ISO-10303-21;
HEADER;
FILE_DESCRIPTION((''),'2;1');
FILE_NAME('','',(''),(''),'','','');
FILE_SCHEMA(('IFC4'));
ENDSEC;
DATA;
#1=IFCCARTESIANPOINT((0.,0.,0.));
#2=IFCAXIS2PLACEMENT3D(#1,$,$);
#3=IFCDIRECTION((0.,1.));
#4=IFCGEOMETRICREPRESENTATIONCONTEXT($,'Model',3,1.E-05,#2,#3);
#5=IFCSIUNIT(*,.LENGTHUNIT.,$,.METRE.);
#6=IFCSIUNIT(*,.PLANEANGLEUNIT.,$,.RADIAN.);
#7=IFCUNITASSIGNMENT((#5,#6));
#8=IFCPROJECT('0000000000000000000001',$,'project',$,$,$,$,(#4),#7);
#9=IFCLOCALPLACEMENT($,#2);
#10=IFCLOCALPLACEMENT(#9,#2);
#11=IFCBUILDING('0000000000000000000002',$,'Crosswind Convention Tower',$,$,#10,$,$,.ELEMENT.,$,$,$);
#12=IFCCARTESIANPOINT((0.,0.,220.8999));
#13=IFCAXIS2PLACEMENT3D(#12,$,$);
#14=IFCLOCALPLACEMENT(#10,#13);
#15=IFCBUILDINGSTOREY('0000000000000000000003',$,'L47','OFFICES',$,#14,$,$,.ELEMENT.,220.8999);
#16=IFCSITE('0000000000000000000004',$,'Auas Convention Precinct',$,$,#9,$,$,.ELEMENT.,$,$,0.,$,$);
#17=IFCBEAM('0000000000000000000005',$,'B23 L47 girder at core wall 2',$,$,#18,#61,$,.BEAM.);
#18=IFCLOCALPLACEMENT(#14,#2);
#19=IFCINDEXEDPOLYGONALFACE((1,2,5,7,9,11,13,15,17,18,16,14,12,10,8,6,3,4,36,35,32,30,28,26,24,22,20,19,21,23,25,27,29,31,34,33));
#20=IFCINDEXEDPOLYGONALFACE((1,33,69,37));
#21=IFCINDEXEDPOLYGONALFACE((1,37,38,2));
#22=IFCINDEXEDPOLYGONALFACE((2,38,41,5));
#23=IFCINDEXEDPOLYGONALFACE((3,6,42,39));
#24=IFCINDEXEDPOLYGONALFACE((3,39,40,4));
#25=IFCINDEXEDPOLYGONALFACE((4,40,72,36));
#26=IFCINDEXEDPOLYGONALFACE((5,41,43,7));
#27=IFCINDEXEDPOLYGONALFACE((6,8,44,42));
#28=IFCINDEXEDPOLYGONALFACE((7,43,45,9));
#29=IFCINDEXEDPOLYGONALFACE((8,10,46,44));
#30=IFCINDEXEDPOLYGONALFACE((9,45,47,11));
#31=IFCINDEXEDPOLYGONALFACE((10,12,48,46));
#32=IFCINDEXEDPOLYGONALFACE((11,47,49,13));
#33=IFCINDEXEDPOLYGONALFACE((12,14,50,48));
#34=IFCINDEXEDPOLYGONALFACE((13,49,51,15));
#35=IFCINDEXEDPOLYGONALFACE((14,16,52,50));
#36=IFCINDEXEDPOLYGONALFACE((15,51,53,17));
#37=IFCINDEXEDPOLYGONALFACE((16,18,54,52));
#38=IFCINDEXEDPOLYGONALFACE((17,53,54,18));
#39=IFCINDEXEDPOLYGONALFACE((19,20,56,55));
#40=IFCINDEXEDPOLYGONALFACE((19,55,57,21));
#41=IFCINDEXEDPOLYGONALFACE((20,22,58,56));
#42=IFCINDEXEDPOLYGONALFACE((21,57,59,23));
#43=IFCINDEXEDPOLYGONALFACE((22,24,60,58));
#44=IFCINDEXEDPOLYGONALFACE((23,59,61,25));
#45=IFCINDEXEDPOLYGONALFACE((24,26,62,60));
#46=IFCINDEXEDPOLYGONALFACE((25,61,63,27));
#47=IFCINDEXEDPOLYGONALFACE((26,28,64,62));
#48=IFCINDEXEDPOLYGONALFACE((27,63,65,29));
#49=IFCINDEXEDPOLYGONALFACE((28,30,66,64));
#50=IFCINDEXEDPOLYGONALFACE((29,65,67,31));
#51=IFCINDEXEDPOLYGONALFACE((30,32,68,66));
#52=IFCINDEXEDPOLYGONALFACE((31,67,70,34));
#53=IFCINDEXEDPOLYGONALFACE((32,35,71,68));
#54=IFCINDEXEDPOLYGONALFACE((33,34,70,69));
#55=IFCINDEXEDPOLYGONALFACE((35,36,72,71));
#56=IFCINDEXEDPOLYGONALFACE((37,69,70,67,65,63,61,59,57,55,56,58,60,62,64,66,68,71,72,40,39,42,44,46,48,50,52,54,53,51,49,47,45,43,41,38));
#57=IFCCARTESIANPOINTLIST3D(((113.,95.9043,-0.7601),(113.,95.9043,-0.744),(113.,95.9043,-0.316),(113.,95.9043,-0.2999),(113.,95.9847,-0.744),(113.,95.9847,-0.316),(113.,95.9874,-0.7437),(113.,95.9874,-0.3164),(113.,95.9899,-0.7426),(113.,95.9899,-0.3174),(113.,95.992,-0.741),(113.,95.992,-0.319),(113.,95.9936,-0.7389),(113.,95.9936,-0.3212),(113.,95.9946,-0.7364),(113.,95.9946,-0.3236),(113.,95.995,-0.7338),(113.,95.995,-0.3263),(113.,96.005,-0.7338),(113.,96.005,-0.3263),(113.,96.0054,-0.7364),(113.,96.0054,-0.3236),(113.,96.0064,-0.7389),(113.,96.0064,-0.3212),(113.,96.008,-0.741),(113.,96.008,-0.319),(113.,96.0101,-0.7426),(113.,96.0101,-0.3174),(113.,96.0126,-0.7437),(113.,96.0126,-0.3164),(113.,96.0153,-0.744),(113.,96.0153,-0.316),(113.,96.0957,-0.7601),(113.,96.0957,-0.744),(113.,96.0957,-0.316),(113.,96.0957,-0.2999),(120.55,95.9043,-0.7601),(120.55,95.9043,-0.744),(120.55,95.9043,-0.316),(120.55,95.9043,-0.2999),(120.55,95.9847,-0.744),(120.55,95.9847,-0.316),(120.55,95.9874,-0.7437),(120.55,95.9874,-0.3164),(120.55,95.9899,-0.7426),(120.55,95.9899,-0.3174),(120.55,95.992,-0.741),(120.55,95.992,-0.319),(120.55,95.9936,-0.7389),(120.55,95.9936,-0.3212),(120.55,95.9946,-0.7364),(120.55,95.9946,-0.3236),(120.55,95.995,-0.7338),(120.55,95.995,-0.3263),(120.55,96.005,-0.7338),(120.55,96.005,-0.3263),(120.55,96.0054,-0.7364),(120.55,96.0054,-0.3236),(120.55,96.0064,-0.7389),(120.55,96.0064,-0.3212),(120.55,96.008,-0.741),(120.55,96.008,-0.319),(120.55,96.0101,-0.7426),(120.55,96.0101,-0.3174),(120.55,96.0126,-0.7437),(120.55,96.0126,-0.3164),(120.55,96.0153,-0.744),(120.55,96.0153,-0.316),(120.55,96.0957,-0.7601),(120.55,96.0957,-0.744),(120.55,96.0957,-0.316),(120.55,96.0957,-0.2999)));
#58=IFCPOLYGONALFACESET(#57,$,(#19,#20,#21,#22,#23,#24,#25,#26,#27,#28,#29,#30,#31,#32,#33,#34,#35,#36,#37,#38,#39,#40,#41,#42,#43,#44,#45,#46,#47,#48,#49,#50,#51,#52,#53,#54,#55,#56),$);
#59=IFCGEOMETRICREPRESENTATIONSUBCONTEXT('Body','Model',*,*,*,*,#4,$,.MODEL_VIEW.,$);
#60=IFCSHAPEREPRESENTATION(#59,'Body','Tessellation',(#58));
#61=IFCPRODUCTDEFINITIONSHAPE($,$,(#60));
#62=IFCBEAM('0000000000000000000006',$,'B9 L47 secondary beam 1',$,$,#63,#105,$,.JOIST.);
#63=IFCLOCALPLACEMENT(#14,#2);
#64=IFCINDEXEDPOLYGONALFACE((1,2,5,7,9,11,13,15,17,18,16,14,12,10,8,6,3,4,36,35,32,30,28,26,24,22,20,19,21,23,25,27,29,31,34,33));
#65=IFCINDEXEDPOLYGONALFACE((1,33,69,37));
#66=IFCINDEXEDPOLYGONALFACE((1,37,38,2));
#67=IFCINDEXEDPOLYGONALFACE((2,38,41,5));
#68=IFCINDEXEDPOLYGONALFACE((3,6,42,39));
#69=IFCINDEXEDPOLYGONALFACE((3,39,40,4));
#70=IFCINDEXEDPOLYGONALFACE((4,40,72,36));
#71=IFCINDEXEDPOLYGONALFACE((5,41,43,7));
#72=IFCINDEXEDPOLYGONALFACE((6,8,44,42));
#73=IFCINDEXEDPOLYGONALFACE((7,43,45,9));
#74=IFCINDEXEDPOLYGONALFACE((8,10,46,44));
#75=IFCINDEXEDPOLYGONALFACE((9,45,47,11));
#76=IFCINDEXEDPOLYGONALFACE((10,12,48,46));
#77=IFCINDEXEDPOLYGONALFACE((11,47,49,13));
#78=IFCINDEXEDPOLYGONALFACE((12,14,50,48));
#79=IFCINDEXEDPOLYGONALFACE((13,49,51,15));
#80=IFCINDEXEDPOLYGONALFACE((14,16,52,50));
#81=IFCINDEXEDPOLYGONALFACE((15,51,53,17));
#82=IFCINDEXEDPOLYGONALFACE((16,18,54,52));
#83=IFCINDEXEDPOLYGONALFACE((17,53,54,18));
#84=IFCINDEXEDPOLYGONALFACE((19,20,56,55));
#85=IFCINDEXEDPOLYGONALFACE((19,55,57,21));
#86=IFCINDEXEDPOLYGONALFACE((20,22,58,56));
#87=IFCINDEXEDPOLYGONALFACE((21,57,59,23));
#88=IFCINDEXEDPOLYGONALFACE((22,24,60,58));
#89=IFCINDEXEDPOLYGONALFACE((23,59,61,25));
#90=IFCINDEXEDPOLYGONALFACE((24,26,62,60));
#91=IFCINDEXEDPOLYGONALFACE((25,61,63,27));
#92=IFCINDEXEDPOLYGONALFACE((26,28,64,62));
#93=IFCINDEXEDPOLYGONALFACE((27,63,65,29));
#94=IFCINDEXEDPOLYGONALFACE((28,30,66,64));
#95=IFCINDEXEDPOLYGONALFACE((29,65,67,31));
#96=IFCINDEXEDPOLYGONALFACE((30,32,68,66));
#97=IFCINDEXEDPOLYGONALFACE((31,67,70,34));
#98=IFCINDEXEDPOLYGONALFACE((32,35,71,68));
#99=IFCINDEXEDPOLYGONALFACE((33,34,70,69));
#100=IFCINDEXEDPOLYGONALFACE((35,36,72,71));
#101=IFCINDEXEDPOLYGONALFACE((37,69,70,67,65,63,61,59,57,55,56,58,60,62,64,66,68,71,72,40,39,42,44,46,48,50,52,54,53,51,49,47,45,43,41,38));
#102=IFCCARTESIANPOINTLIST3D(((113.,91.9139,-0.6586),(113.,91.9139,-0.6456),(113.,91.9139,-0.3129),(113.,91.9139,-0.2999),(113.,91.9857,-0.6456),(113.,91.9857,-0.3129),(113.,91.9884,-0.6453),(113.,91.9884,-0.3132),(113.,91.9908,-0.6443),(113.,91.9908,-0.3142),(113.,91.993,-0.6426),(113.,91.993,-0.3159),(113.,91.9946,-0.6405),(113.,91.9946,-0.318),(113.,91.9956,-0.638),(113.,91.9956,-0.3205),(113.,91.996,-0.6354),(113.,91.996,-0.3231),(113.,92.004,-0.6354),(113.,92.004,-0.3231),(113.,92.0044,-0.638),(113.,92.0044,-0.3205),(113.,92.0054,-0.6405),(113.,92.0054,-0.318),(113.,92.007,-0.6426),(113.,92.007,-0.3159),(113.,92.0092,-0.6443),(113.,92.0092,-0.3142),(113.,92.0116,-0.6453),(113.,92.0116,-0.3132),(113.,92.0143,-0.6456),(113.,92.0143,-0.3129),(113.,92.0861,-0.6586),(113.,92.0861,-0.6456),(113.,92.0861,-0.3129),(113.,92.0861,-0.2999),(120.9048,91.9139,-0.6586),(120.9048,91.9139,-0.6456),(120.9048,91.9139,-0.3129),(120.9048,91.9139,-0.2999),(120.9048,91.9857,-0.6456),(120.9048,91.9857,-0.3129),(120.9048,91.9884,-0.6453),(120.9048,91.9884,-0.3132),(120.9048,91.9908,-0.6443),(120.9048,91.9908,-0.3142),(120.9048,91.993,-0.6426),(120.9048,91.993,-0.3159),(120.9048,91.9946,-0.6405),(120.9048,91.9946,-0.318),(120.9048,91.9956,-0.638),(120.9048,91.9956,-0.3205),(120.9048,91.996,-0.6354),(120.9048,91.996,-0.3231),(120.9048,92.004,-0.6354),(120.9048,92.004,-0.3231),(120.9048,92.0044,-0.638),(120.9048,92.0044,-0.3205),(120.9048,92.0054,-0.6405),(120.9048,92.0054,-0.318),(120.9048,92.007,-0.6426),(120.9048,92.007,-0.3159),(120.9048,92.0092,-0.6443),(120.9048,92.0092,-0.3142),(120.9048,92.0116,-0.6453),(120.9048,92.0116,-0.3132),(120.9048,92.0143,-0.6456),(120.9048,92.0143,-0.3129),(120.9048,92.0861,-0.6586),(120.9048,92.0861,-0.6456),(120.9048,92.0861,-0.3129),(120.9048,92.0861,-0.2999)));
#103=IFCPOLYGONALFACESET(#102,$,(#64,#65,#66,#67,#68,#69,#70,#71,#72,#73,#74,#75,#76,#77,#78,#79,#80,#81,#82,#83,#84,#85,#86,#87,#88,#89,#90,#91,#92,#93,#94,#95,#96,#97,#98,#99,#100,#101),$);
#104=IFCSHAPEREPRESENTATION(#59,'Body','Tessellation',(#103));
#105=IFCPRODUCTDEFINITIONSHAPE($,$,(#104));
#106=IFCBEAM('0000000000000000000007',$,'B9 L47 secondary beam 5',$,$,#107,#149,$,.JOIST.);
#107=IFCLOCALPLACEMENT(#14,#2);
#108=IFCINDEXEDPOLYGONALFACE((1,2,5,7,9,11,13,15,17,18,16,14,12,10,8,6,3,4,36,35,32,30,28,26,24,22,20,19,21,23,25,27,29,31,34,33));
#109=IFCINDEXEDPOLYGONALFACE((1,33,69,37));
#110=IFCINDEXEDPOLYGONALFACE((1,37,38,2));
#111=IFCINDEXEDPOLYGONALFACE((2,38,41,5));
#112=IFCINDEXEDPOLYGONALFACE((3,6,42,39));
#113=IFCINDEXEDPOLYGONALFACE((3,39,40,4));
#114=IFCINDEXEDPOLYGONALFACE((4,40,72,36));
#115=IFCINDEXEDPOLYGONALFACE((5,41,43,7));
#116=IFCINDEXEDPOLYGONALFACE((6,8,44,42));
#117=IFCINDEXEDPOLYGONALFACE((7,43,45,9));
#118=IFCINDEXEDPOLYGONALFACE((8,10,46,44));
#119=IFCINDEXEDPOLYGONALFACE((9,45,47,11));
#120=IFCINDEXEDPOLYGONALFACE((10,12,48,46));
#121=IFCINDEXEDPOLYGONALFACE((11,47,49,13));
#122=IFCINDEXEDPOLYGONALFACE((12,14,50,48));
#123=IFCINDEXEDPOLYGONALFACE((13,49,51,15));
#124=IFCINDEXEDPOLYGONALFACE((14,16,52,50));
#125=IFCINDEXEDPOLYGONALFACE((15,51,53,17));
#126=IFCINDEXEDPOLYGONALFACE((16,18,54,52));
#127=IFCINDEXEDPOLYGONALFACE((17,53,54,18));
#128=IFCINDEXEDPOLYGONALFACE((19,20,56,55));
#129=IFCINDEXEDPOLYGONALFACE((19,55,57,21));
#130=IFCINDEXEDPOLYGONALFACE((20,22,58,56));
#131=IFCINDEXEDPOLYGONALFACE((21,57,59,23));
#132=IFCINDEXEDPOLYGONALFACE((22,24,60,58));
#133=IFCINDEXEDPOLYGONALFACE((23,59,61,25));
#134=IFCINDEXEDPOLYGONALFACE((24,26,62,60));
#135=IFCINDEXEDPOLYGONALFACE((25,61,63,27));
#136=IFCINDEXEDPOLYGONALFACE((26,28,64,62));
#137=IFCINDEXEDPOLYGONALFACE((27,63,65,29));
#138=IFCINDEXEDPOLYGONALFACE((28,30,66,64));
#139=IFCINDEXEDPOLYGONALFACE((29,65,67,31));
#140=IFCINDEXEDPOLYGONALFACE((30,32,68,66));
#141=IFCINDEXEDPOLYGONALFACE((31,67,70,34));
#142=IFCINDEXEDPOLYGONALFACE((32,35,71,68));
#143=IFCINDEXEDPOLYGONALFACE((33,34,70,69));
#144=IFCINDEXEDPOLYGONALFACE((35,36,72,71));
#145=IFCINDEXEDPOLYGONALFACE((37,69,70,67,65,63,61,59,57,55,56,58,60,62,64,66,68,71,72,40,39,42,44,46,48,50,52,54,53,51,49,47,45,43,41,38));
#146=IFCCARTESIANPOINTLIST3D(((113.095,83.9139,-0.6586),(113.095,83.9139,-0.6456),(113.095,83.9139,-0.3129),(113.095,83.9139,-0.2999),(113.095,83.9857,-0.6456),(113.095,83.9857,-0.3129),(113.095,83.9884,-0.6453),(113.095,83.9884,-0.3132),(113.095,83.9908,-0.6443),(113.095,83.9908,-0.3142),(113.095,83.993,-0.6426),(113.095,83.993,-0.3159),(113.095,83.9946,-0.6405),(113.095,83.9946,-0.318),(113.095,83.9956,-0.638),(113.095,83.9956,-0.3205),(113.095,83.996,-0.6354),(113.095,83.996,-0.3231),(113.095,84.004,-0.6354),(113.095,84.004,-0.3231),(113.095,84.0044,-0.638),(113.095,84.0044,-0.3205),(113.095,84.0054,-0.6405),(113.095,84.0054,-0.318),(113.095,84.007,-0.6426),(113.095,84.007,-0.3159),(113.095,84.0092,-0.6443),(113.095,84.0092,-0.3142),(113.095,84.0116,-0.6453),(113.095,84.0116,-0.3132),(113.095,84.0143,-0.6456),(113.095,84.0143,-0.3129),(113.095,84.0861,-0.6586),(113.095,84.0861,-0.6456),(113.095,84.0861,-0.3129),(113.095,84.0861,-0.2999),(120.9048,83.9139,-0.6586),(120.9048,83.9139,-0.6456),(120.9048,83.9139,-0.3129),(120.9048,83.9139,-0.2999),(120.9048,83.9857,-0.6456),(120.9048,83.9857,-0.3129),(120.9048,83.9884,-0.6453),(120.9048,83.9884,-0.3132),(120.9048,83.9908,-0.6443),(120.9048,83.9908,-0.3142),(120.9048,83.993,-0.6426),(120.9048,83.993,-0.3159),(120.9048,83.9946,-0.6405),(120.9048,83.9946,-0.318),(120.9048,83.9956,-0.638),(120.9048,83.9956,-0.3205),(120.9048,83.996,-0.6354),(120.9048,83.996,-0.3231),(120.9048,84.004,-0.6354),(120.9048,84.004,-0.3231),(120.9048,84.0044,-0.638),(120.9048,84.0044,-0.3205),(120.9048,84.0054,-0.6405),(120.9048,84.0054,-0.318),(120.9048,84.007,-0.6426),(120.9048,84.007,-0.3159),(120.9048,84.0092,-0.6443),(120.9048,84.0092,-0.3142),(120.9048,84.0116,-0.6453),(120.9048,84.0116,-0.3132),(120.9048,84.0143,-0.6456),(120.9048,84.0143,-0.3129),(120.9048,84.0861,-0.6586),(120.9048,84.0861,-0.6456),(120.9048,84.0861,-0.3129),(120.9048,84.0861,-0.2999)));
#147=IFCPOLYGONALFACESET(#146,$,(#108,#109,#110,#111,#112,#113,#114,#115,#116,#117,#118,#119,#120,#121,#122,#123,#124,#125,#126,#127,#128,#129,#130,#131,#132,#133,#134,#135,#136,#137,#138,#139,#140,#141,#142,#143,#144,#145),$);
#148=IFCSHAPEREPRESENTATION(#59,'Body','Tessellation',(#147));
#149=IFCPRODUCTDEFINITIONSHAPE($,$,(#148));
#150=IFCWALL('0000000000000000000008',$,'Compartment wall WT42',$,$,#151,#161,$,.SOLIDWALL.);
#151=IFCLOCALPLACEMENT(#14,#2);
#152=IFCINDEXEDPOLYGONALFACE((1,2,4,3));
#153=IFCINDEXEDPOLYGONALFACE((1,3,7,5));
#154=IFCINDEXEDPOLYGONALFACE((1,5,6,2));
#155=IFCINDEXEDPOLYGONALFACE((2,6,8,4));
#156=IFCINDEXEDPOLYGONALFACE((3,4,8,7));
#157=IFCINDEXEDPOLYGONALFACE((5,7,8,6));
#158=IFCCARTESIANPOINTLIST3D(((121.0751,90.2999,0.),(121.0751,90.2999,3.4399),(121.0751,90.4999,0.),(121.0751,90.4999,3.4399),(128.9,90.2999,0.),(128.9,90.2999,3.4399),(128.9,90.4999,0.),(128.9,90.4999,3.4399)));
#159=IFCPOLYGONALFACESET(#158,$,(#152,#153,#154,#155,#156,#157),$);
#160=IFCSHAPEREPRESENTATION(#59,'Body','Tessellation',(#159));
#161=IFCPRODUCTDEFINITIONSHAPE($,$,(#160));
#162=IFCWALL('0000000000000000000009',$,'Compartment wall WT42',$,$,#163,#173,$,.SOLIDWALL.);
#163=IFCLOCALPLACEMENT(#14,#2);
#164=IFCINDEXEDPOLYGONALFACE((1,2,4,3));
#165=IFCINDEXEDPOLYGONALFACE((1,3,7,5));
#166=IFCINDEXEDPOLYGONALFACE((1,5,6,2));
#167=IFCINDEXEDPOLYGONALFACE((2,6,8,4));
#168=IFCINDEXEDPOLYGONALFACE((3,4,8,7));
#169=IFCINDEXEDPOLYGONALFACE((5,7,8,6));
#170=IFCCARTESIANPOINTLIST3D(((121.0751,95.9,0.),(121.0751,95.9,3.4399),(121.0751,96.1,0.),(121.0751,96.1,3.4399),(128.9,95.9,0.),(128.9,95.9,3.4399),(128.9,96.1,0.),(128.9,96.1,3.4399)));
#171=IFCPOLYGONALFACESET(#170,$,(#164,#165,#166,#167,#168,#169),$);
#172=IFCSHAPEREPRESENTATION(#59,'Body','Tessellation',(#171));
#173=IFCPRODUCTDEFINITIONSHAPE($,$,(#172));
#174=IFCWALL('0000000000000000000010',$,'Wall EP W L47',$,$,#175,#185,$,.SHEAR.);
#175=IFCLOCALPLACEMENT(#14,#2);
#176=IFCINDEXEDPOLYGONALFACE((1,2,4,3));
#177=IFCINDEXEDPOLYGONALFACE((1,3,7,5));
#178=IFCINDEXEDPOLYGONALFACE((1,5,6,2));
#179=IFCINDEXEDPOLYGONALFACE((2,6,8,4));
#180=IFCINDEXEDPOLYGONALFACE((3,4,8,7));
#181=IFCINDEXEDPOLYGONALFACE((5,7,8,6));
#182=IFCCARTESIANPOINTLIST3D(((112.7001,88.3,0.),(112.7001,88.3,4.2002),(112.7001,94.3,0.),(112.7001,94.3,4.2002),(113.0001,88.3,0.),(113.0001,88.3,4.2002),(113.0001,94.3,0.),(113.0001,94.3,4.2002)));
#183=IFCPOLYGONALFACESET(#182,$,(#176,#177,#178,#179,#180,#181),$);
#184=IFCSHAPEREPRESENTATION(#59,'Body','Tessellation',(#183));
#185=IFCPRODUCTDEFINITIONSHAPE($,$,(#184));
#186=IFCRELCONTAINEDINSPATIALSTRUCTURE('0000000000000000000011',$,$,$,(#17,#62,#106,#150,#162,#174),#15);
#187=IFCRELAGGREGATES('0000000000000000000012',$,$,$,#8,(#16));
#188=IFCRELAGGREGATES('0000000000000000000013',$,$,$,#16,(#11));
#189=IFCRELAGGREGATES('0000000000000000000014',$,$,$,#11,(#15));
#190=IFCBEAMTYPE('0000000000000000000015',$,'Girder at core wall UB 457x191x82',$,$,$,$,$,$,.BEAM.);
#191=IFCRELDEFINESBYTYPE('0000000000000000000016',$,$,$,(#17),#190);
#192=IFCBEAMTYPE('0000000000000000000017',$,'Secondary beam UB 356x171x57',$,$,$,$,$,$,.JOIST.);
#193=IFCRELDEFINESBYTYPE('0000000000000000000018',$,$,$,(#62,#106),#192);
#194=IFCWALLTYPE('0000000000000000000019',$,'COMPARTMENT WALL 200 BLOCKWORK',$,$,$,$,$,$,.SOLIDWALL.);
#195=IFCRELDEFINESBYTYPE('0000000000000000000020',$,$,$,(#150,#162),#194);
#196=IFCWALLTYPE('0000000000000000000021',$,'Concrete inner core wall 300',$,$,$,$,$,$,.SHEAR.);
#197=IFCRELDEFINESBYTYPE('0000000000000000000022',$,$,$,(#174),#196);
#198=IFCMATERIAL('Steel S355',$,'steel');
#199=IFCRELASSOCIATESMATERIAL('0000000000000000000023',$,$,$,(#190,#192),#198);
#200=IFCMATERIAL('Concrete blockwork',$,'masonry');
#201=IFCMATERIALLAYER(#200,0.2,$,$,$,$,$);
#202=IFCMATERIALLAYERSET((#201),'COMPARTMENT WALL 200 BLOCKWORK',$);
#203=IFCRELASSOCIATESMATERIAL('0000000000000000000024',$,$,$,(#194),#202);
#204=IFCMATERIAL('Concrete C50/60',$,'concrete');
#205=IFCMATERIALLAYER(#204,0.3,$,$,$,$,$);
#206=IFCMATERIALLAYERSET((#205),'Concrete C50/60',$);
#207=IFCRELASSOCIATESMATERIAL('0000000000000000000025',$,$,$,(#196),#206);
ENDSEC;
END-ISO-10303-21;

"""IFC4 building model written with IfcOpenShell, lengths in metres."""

from ifc_helpers import new_model, si_unit, direction, frame, frame_2d, origin, origin_2d, place, context, subcontext, project, spatial, rectangle, i_section, extrude, material, layer, layer_set, material_profile, profile_set, type_object, element, save


model = new_model("IFC4")

# Units and contexts
model_context = context("Model", 3, precision=1e-05, world=origin(), true_north=direction((0.0, 1.0)))
body_context = subcontext(model_context, "Body", "Model", "MODEL_VIEW")
ifc_project = project(units=[si_unit("LENGTHUNIT", "METRE"), si_unit("PLANEANGLEUNIT", "RADIAN")], contexts=[model_context])

# Site, building, storey
site_placement = place(None, origin())
site = spatial("IfcSite", under=ifc_project, at=site_placement, Name="Auas Convention Precinct", CompositionType="ELEMENT", RefElevation=0.0)
building_placement = place(site_placement, origin())
building = spatial("IfcBuilding", under=site, at=building_placement, Name="Crosswind Convention Tower", CompositionType="ELEMENT")
storey_placement = place(building_placement, frame((0.0, 0.0, 220.8999)))
storey = spatial("IfcBuildingStorey", under=building, at=storey_placement, Name="L47", Description="OFFICES", CompositionType="ELEMENT", Elevation=220.8999)

# Beams
ifc_material_1 = material(Name="Steel S355", Category="steel")
ifc_material_profile_1 = material_profile(ifc_material_1, i_section(OverallWidth=0.1914, OverallDepth=0.4602, WebThickness=0.01, FlangeThickness=0.0161, FilletRadius=0.0103, at=origin_2d()), Name="UB 457x191x82")
ifc_profile_set_1 = profile_set([ifc_material_profile_1], Name="Steel S355")
beam_type_1 = type_object("IfcBeamType", Name="Girder at core wall UB 457x191x82", PredefinedType="BEAM", material=ifc_profile_set_1)
for number, where, z_axis, x_axis, name in (
    (1, (113.0, 96.0, -0.53), (1.0, 0.0, 0.0), (0.0, 1.0, 0.0), "B23 L47 girder at core wall 2"),
):
    element("IfcBeam", number, at=place(storey_placement, frame(where, z_axis=z_axis, x_axis=x_axis)), inside=storey, type_object=beam_type_1, Name=name, PredefinedType="BEAM", context=body_context, shape_type="SweptSolid", body=[
        extrude(i_section(OverallWidth=0.1914, OverallDepth=0.4602, WebThickness=0.01, FlangeThickness=0.0161, FilletRadius=0.0103, at=origin_2d()), origin(), (0.0, 0.0, 1.0), 7.55),
    ])
ifc_material_profile_2 = material_profile(ifc_material_1, i_section(OverallWidth=0.1721, OverallDepth=0.3586, WebThickness=0.0081, FlangeThickness=0.0129, FilletRadius=0.0103, at=origin_2d()), Name="UB 356x171x57")
ifc_profile_set_2 = profile_set([ifc_material_profile_2], Name="Steel S355")
beam_type_2 = type_object("IfcBeamType", Name="Secondary beam UB 356x171x57", PredefinedType="JOIST", material=ifc_profile_set_2)
beam_1_placement = place(storey_placement, frame((113.0, 92.0, -0.4792), z_axis=(1.0, 0.0, 0.0), x_axis=(0.0, 1.0, 0.0)))
element("IfcBeam", 2, at=beam_1_placement, inside=storey, type_object=beam_type_2, Name="B9 L47 secondary beam 1", PredefinedType="JOIST", context=body_context, shape_type="SweptSolid", body=[
    extrude(i_section(OverallWidth=0.1721, OverallDepth=0.3586, WebThickness=0.0081, FlangeThickness=0.0129, FilletRadius=0.0103, at=origin_2d()), origin(), (0.0, 0.0, 1.0), 7.9048),
])
beam_2_placement = place(storey_placement, frame((113.095, 84.0, -0.4792), z_axis=(1.0, 0.0, 0.0), x_axis=(0.0, 1.0, 0.0)))
element("IfcBeam", 3, at=beam_2_placement, inside=storey, type_object=beam_type_2, Name="B9 L47 secondary beam 5", PredefinedType="JOIST", context=body_context, shape_type="SweptSolid", body=[
    extrude(i_section(OverallWidth=0.1721, OverallDepth=0.3586, WebThickness=0.0081, FlangeThickness=0.0129, FilletRadius=0.0103, at=origin_2d()), origin(), (0.0, 0.0, 1.0), 7.8098),
])

# Walls
ifc_material_2 = material(Name="Concrete blockwork", Category="masonry")
ifc_layer_1 = layer(ifc_material_2, 0.2)
ifc_layer_set_1 = layer_set([ifc_layer_1], Name="COMPARTMENT WALL 200 BLOCKWORK")
wall_type_1 = type_object("IfcWallType", Name="COMPARTMENT WALL 200 BLOCKWORK", PredefinedType="SOLIDWALL", material=ifc_layer_set_1)
for number, where, z_axis, x_axis, name in (
    (4, (121.075, 90.3999, 0.0), (0.0, 0.0, 1.0), (1.0, 0.0, 0.0), "Compartment wall WT42"),
    (5, (121.075, 96.0, 0.0), (0.0, 0.0, 1.0), (1.0, 0.0, 0.0), "Compartment wall WT42"),
):
    element("IfcWall", number, at=place(storey_placement, frame(where, z_axis=z_axis, x_axis=x_axis)), inside=storey, type_object=wall_type_1, Name=name, PredefinedType="SOLIDWALL", context=body_context, shape_type="SweptSolid", body=[
        extrude(rectangle(XDim=7.825, YDim=0.2, at=frame_2d((3.9126, 0.0))), origin(), (0.0, 0.0, 1.0), 3.4399),
    ])
ifc_material_3 = material(Name="Concrete C50/60", Category="concrete")
ifc_layer_2 = layer(ifc_material_3, 0.3)
ifc_layer_set_2 = layer_set([ifc_layer_2], Name="Concrete C50/60")
wall_type_2 = type_object("IfcWallType", Name="Concrete inner core wall 300", PredefinedType="SHEAR", material=ifc_layer_set_2)
wall_1_placement = place(storey_placement, frame((112.8501, 94.3, 0.0), z_axis=(0.0, 0.0, 1.0), x_axis=(0.0, -1.0, 0.0)))
element("IfcWall", 6, at=wall_1_placement, inside=storey, type_object=wall_type_2, Name="Wall EP W L47", PredefinedType="SHEAR", context=body_context, shape_type="SweptSolid", body=[
    extrude(rectangle(XDim=6.0, YDim=0.3, at=frame_2d((3.0, 0.0))), origin(), (0.0, 0.0, 1.0), 4.2002),
])

save(model, "model.ifc")
